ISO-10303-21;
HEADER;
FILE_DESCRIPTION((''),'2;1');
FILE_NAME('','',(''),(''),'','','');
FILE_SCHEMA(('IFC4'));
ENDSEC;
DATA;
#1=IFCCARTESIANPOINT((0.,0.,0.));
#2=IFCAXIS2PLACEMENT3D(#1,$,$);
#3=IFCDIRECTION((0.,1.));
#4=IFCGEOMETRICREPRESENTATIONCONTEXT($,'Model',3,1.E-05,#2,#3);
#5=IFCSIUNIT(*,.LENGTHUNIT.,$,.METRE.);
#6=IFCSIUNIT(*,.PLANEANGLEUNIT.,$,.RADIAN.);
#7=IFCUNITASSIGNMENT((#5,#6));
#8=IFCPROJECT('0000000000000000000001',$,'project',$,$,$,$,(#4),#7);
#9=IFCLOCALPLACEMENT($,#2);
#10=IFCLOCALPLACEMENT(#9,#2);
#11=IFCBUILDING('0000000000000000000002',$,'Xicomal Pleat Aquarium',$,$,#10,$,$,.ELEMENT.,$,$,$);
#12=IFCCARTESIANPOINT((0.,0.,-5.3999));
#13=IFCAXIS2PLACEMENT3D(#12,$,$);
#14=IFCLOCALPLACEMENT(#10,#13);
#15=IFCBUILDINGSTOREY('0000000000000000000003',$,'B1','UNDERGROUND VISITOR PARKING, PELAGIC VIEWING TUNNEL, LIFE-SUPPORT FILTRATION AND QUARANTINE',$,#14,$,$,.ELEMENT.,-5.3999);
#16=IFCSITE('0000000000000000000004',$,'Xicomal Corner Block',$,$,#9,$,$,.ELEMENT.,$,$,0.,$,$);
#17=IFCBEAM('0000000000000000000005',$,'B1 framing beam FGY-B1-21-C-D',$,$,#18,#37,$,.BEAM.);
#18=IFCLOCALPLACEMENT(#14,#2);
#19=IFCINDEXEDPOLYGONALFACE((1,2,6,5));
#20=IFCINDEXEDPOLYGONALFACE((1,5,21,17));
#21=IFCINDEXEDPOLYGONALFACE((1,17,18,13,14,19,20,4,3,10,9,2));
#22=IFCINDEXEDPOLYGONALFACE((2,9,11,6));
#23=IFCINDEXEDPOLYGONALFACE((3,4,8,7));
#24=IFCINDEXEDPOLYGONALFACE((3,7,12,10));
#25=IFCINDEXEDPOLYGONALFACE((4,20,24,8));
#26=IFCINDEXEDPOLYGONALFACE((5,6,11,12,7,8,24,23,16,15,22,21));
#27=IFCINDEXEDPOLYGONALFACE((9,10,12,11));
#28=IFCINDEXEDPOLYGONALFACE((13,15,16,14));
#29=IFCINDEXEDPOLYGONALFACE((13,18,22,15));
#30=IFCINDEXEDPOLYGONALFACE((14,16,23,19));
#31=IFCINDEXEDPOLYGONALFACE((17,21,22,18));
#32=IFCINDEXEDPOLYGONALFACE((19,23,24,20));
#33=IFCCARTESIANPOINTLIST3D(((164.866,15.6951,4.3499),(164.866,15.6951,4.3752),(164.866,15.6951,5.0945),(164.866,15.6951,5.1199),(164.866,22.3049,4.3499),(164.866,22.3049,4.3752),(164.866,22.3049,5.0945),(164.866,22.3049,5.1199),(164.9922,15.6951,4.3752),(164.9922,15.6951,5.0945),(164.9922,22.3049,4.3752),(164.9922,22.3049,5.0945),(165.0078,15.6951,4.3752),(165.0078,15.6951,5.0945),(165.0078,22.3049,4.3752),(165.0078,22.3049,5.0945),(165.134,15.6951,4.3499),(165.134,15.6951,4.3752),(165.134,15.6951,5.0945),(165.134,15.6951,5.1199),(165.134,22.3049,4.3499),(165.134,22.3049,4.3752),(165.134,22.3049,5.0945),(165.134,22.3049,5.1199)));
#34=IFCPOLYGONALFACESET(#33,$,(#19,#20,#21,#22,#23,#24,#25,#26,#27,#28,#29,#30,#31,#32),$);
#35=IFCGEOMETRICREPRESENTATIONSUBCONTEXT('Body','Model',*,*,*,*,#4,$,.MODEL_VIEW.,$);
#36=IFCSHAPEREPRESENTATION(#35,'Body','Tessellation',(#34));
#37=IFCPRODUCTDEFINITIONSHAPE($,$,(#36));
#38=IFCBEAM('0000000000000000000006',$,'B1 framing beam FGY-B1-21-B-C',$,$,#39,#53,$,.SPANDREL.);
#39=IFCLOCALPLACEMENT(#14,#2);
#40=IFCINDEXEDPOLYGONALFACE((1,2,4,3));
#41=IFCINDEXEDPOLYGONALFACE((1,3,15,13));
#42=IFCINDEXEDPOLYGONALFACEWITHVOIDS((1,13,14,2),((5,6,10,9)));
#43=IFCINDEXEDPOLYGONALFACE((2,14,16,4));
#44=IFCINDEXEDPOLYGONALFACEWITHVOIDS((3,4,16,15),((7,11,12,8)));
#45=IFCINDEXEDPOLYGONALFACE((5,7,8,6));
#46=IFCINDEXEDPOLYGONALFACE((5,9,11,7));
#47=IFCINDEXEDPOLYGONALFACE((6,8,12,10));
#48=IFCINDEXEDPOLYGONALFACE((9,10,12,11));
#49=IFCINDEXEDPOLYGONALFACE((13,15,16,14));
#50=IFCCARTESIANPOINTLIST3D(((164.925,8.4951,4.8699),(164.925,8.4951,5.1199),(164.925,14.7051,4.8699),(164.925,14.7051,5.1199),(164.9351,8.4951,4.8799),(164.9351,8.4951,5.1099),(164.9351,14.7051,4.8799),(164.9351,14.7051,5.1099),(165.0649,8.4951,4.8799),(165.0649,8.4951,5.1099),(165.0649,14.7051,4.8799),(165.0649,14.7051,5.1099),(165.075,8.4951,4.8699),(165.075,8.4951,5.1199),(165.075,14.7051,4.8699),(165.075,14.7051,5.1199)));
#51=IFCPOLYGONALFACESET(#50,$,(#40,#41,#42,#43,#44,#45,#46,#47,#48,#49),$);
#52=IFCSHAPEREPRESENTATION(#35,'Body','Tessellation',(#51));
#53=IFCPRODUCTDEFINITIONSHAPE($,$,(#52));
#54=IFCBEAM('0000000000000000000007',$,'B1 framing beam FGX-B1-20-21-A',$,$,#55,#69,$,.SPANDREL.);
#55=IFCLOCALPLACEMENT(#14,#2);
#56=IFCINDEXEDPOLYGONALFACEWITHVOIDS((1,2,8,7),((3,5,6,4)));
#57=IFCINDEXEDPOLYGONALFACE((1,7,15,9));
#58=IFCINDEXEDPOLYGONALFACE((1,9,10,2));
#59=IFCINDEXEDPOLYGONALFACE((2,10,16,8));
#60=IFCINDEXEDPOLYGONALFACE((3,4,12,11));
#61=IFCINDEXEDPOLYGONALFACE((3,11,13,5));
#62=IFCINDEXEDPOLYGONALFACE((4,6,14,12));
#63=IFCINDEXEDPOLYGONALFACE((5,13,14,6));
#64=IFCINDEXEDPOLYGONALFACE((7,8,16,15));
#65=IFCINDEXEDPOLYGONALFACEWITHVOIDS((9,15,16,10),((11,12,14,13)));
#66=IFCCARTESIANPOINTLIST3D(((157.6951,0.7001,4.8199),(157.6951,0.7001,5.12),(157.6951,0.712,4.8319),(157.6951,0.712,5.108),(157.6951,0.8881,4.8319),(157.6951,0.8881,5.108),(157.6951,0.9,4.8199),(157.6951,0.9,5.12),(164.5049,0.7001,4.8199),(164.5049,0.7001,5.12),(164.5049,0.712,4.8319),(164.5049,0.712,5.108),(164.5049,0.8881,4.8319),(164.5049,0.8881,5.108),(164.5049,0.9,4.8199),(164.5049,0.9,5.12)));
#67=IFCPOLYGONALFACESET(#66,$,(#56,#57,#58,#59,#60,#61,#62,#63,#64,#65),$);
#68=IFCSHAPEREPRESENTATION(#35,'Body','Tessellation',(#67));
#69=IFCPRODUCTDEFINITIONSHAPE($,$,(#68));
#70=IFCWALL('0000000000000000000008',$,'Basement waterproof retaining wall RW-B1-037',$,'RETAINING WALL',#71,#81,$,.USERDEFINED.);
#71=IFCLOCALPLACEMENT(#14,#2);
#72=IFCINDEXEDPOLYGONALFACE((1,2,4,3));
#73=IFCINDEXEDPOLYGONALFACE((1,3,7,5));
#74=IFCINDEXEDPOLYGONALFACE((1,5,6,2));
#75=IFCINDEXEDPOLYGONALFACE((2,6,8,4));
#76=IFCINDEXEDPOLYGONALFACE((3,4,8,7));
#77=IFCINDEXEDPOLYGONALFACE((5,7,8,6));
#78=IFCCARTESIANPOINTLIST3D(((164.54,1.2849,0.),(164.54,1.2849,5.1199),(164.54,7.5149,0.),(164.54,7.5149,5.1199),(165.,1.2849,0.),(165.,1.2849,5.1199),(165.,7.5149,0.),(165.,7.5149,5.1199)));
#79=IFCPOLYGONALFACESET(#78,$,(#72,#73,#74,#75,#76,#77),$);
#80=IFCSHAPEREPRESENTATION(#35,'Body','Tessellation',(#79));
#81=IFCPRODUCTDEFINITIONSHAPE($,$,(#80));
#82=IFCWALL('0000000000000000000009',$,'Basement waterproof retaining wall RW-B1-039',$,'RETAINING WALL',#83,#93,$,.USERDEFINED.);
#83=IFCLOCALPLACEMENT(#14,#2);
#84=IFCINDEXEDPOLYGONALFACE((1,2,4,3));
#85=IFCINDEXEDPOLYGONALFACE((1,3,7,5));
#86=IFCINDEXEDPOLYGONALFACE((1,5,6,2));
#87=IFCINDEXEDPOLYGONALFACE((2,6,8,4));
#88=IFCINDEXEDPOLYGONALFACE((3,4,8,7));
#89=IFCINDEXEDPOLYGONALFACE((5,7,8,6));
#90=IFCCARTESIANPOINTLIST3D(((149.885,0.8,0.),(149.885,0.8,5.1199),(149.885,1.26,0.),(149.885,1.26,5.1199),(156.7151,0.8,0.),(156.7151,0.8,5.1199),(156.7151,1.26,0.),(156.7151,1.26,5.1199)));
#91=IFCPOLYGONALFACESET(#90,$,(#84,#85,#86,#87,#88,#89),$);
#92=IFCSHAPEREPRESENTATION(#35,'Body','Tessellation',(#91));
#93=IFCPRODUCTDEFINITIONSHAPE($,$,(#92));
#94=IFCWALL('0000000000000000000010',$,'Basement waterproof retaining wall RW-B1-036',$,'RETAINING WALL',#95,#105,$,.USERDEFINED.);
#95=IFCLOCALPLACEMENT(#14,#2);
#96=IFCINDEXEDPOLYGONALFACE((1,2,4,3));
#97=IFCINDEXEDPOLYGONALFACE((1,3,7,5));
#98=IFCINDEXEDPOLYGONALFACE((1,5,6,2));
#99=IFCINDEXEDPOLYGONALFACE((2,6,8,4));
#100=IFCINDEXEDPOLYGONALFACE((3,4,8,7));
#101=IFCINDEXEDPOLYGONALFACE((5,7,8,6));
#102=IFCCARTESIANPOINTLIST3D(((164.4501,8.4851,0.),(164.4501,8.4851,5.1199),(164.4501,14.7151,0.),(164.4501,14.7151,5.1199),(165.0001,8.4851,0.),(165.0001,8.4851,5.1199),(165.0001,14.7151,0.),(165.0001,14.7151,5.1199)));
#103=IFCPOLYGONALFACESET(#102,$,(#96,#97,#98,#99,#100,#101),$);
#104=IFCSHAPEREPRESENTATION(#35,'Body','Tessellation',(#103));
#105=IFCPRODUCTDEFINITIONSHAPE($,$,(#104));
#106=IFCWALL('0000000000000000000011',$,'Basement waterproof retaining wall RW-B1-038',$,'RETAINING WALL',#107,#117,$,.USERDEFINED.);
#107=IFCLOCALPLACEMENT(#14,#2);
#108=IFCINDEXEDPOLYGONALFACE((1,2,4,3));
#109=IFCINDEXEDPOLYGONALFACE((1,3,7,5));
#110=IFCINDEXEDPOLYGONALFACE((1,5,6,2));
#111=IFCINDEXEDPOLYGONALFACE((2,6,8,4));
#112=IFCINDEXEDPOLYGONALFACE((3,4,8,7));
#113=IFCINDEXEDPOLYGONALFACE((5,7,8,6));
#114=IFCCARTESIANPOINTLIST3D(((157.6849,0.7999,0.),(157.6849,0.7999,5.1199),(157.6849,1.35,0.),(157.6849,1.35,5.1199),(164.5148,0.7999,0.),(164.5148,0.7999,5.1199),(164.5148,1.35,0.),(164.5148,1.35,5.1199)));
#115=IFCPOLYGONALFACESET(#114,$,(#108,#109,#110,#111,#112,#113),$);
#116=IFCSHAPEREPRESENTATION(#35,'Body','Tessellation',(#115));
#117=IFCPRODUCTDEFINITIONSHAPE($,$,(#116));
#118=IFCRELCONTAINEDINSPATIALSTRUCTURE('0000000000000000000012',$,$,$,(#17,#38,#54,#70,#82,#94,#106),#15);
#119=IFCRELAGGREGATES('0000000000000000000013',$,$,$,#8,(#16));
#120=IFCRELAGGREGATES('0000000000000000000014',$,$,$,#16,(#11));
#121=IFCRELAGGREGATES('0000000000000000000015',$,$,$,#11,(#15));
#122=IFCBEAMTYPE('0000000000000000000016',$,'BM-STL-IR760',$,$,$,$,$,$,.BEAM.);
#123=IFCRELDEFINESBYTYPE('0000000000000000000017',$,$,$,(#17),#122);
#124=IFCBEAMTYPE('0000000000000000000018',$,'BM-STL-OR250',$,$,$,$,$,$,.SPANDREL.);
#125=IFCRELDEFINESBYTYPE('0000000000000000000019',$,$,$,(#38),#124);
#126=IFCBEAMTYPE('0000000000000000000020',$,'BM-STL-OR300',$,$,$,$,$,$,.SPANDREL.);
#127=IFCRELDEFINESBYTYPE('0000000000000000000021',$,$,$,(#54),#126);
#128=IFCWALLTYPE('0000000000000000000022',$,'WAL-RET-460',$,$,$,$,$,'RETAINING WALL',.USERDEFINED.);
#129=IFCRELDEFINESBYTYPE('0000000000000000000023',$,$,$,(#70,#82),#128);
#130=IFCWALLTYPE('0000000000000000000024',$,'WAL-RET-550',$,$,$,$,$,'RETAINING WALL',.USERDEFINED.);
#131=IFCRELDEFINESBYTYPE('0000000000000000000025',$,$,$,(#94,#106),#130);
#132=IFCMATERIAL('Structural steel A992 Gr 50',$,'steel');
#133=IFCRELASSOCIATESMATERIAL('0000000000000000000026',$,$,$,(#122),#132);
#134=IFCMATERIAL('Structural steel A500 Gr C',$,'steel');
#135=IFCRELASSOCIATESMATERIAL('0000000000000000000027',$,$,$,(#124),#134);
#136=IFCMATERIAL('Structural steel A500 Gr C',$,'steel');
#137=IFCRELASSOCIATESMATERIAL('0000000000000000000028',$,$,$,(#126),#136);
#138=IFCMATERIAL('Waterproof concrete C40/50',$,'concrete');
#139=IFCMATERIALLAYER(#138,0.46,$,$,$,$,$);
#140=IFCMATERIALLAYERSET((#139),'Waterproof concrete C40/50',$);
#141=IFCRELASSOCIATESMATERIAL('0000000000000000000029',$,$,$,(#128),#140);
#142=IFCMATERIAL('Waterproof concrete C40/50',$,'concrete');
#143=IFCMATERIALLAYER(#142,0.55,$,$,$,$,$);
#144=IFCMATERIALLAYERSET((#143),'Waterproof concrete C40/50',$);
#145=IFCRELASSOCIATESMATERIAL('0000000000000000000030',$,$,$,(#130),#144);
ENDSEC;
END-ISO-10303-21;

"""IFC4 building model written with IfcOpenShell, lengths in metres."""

from ifc_helpers import new_model, si_unit, direction, frame, frame_2d, origin, origin_2d, place, context, subcontext, project, spatial, rectangle, hollow_rectangle, i_section, extrude, material, layer, layer_set, material_profile, profile_set, type_object, element, save


model = new_model("IFC4")

# Units and contexts
model_context = context("Model", 3, precision=1e-05, world=origin(), true_north=direction((0.0, 1.0)))
body_context = subcontext(model_context, "Body", "Model", "MODEL_VIEW")
ifc_project = project(units=[si_unit("LENGTHUNIT", "METRE"), si_unit("PLANEANGLEUNIT", "RADIAN")], contexts=[model_context])

# Site, building, storey
site_placement = place(None, origin())
site = spatial("IfcSite", under=ifc_project, at=site_placement, Name="Xicomal Corner Block", CompositionType="ELEMENT", RefElevation=0.0)
building_placement = place(site_placement, origin())
building = spatial("IfcBuilding", under=site, at=building_placement, Name="Xicomal Pleat Aquarium", CompositionType="ELEMENT")
storey_placement = place(building_placement, frame((0.0, 0.0, -5.3999)))
storey = spatial("IfcBuildingStorey", under=building, at=storey_placement, Name="B1", Description="UNDERGROUND VISITOR PARKING, PELAGIC VIEWING TUNNEL, LIFE-SUPPORT FILTRATION AND QUARANTINE", CompositionType="ELEMENT", Elevation=-5.3999)

# Beams
ifc_material_1 = material(Name="Structural steel A992 Gr 50", Category="steel")
ifc_material_profile_1 = material_profile(ifc_material_1, i_section(OverallWidth=0.2681, OverallDepth=0.77, WebThickness=0.0156, FlangeThickness=0.0254, at=origin_2d()), Name="IR 760x196")
ifc_profile_set_1 = profile_set([ifc_material_profile_1], Name="Structural steel A992 Gr 50")
beam_type_1 = type_object("IfcBeamType", Name="BM-STL-IR760", PredefinedType="BEAM", material=ifc_profile_set_1)
beam_1_placement = place(storey_placement, frame((165.0, 15.6951, 4.7349), z_axis=(0.0, 1.0, 0.0), x_axis=(-1.0, 0.0, 0.0)))
element("IfcBeam", 1, at=beam_1_placement, inside=storey, type_object=beam_type_1, Name="B1 framing beam FGY-B1-21-C-D", PredefinedType="BEAM", context=body_context, shape_type="SweptSolid", body=[
    extrude(i_section(OverallWidth=0.2681, OverallDepth=0.77, WebThickness=0.0156, FlangeThickness=0.0254, at=origin_2d()), origin(), (0.0, 0.0, 1.0), 6.6099),
])
ifc_material_2 = material(Name="Structural steel A500 Gr C", Category="steel")
ifc_material_profile_2 = material_profile(ifc_material_2, hollow_rectangle(XDim=0.1499, YDim=0.25, WallThickness=0.01, at=origin_2d()), Name="OR 250x150x10")
ifc_profile_set_2 = profile_set([ifc_material_profile_2], Name="Structural steel A500 Gr C")
beam_type_2 = type_object("IfcBeamType", Name="BM-STL-OR250", PredefinedType="SPANDREL", material=ifc_profile_set_2)
beam_2_placement = place(storey_placement, frame((165.0, 8.4951, 4.9949), z_axis=(0.0, 1.0, 0.0), x_axis=(-1.0, 0.0, 0.0)))
element("IfcBeam", 2, at=beam_2_placement, inside=storey, type_object=beam_type_2, Name="B1 framing beam FGY-B1-21-B-C", PredefinedType="SPANDREL", context=body_context, shape_type="SweptSolid", body=[
    extrude(hollow_rectangle(XDim=0.1499, YDim=0.25, WallThickness=0.01, at=origin_2d()), origin(), (0.0, 0.0, 1.0), 6.21),
])
ifc_material_3 = material(Name="Structural steel A500 Gr C", Category="steel")
ifc_material_profile_3 = material_profile(ifc_material_3, hollow_rectangle(XDim=0.2, YDim=0.3, WallThickness=0.012, at=origin_2d()), Name="OR 300x200x12")
ifc_profile_set_3 = profile_set([ifc_material_profile_3], Name="Structural steel A500 Gr C")
beam_type_3 = type_object("IfcBeamType", Name="BM-STL-OR300", PredefinedType="SPANDREL", material=ifc_profile_set_3)
beam_3_placement = place(storey_placement, frame((157.6951, 0.8, 4.97), z_axis=(1.0, 0.0, 0.0), x_axis=(0.0, 1.0, 0.0)))
element("IfcBeam", 3, at=beam_3_placement, inside=storey, type_object=beam_type_3, Name="B1 framing beam FGX-B1-20-21-A", PredefinedType="SPANDREL", context=body_context, shape_type="SweptSolid", body=[
    extrude(hollow_rectangle(XDim=0.2, YDim=0.3, WallThickness=0.012, at=origin_2d()), origin(), (0.0, 0.0, 1.0), 6.8098),
])

# Walls
ifc_material_4 = material(Name="Waterproof concrete C40/50", Category="concrete")
ifc_layer_1 = layer(ifc_material_4, 0.46)
ifc_layer_set_1 = layer_set([ifc_layer_1], Name="Waterproof concrete C40/50")
wall_type_1 = type_object("IfcWallType", Name="WAL-RET-460", ElementType="RETAINING WALL", PredefinedType="USERDEFINED", material=ifc_layer_set_1)
wall_1_placement = place(storey_placement, frame((164.77, 7.5149, 0.0), z_axis=(0.0, 0.0, 1.0), x_axis=(0.0, -1.0, 0.0)))
element("IfcWall", 4, at=wall_1_placement, inside=storey, type_object=wall_type_1, Name="Basement waterproof retaining wall RW-B1-037", ObjectType="RETAINING WALL", PredefinedType="USERDEFINED", context=body_context, shape_type="SweptSolid", body=[
    extrude(rectangle(XDim=6.23, YDim=0.46, at=frame_2d((3.115, 0.0))), origin(), (0.0, 0.0, 1.0), 5.1199),
])
wall_2_placement = place(storey_placement, frame((156.7151, 1.03, 0.0), z_axis=(0.0, 0.0, 1.0), x_axis=(-1.0, 0.0, 0.0)))
element("IfcWall", 5, at=wall_2_placement, inside=storey, type_object=wall_type_1, Name="Basement waterproof retaining wall RW-B1-039", ObjectType="RETAINING WALL", PredefinedType="USERDEFINED", context=body_context, shape_type="SweptSolid", body=[
    extrude(rectangle(XDim=6.8301, YDim=0.46, at=frame_2d((3.415, 0.0))), origin(), (0.0, 0.0, 1.0), 5.1199),
])
ifc_material_5 = material(Name="Waterproof concrete C40/50", Category="concrete")
ifc_layer_2 = layer(ifc_material_5, 0.55)
ifc_layer_set_2 = layer_set([ifc_layer_2], Name="Waterproof concrete C40/50")
wall_type_2 = type_object("IfcWallType", Name="WAL-RET-550", ElementType="RETAINING WALL", PredefinedType="USERDEFINED", material=ifc_layer_set_2)
wall_3_placement = place(storey_placement, frame((164.7251, 14.7151, 0.0), z_axis=(0.0, 0.0, 1.0), x_axis=(0.0, -1.0, 0.0)))
element("IfcWall", 6, at=wall_3_placement, inside=storey, type_object=wall_type_2, Name="Basement waterproof retaining wall RW-B1-036", ObjectType="RETAINING WALL", PredefinedType="USERDEFINED", context=body_context, shape_type="SweptSolid", body=[
    extrude(rectangle(XDim=6.23, YDim=0.55, at=frame_2d((3.115, 0.0))), origin(), (0.0, 0.0, 1.0), 5.1199),
])
wall_4_placement = place(storey_placement, frame((164.5149, 1.075, 0.0), z_axis=(0.0, 0.0, 1.0), x_axis=(-1.0, 0.0, 0.0)))
element("IfcWall", 7, at=wall_4_placement, inside=storey, type_object=wall_type_2, Name="Basement waterproof retaining wall RW-B1-038", ObjectType="RETAINING WALL", PredefinedType="USERDEFINED", context=body_context, shape_type="SweptSolid", body=[
    extrude(rectangle(XDim=6.8298, YDim=0.55, at=frame_2d((3.415, 0.0))), origin(), (0.0, 0.0, 1.0), 5.1199),
])

save(model, "model.ifc")
